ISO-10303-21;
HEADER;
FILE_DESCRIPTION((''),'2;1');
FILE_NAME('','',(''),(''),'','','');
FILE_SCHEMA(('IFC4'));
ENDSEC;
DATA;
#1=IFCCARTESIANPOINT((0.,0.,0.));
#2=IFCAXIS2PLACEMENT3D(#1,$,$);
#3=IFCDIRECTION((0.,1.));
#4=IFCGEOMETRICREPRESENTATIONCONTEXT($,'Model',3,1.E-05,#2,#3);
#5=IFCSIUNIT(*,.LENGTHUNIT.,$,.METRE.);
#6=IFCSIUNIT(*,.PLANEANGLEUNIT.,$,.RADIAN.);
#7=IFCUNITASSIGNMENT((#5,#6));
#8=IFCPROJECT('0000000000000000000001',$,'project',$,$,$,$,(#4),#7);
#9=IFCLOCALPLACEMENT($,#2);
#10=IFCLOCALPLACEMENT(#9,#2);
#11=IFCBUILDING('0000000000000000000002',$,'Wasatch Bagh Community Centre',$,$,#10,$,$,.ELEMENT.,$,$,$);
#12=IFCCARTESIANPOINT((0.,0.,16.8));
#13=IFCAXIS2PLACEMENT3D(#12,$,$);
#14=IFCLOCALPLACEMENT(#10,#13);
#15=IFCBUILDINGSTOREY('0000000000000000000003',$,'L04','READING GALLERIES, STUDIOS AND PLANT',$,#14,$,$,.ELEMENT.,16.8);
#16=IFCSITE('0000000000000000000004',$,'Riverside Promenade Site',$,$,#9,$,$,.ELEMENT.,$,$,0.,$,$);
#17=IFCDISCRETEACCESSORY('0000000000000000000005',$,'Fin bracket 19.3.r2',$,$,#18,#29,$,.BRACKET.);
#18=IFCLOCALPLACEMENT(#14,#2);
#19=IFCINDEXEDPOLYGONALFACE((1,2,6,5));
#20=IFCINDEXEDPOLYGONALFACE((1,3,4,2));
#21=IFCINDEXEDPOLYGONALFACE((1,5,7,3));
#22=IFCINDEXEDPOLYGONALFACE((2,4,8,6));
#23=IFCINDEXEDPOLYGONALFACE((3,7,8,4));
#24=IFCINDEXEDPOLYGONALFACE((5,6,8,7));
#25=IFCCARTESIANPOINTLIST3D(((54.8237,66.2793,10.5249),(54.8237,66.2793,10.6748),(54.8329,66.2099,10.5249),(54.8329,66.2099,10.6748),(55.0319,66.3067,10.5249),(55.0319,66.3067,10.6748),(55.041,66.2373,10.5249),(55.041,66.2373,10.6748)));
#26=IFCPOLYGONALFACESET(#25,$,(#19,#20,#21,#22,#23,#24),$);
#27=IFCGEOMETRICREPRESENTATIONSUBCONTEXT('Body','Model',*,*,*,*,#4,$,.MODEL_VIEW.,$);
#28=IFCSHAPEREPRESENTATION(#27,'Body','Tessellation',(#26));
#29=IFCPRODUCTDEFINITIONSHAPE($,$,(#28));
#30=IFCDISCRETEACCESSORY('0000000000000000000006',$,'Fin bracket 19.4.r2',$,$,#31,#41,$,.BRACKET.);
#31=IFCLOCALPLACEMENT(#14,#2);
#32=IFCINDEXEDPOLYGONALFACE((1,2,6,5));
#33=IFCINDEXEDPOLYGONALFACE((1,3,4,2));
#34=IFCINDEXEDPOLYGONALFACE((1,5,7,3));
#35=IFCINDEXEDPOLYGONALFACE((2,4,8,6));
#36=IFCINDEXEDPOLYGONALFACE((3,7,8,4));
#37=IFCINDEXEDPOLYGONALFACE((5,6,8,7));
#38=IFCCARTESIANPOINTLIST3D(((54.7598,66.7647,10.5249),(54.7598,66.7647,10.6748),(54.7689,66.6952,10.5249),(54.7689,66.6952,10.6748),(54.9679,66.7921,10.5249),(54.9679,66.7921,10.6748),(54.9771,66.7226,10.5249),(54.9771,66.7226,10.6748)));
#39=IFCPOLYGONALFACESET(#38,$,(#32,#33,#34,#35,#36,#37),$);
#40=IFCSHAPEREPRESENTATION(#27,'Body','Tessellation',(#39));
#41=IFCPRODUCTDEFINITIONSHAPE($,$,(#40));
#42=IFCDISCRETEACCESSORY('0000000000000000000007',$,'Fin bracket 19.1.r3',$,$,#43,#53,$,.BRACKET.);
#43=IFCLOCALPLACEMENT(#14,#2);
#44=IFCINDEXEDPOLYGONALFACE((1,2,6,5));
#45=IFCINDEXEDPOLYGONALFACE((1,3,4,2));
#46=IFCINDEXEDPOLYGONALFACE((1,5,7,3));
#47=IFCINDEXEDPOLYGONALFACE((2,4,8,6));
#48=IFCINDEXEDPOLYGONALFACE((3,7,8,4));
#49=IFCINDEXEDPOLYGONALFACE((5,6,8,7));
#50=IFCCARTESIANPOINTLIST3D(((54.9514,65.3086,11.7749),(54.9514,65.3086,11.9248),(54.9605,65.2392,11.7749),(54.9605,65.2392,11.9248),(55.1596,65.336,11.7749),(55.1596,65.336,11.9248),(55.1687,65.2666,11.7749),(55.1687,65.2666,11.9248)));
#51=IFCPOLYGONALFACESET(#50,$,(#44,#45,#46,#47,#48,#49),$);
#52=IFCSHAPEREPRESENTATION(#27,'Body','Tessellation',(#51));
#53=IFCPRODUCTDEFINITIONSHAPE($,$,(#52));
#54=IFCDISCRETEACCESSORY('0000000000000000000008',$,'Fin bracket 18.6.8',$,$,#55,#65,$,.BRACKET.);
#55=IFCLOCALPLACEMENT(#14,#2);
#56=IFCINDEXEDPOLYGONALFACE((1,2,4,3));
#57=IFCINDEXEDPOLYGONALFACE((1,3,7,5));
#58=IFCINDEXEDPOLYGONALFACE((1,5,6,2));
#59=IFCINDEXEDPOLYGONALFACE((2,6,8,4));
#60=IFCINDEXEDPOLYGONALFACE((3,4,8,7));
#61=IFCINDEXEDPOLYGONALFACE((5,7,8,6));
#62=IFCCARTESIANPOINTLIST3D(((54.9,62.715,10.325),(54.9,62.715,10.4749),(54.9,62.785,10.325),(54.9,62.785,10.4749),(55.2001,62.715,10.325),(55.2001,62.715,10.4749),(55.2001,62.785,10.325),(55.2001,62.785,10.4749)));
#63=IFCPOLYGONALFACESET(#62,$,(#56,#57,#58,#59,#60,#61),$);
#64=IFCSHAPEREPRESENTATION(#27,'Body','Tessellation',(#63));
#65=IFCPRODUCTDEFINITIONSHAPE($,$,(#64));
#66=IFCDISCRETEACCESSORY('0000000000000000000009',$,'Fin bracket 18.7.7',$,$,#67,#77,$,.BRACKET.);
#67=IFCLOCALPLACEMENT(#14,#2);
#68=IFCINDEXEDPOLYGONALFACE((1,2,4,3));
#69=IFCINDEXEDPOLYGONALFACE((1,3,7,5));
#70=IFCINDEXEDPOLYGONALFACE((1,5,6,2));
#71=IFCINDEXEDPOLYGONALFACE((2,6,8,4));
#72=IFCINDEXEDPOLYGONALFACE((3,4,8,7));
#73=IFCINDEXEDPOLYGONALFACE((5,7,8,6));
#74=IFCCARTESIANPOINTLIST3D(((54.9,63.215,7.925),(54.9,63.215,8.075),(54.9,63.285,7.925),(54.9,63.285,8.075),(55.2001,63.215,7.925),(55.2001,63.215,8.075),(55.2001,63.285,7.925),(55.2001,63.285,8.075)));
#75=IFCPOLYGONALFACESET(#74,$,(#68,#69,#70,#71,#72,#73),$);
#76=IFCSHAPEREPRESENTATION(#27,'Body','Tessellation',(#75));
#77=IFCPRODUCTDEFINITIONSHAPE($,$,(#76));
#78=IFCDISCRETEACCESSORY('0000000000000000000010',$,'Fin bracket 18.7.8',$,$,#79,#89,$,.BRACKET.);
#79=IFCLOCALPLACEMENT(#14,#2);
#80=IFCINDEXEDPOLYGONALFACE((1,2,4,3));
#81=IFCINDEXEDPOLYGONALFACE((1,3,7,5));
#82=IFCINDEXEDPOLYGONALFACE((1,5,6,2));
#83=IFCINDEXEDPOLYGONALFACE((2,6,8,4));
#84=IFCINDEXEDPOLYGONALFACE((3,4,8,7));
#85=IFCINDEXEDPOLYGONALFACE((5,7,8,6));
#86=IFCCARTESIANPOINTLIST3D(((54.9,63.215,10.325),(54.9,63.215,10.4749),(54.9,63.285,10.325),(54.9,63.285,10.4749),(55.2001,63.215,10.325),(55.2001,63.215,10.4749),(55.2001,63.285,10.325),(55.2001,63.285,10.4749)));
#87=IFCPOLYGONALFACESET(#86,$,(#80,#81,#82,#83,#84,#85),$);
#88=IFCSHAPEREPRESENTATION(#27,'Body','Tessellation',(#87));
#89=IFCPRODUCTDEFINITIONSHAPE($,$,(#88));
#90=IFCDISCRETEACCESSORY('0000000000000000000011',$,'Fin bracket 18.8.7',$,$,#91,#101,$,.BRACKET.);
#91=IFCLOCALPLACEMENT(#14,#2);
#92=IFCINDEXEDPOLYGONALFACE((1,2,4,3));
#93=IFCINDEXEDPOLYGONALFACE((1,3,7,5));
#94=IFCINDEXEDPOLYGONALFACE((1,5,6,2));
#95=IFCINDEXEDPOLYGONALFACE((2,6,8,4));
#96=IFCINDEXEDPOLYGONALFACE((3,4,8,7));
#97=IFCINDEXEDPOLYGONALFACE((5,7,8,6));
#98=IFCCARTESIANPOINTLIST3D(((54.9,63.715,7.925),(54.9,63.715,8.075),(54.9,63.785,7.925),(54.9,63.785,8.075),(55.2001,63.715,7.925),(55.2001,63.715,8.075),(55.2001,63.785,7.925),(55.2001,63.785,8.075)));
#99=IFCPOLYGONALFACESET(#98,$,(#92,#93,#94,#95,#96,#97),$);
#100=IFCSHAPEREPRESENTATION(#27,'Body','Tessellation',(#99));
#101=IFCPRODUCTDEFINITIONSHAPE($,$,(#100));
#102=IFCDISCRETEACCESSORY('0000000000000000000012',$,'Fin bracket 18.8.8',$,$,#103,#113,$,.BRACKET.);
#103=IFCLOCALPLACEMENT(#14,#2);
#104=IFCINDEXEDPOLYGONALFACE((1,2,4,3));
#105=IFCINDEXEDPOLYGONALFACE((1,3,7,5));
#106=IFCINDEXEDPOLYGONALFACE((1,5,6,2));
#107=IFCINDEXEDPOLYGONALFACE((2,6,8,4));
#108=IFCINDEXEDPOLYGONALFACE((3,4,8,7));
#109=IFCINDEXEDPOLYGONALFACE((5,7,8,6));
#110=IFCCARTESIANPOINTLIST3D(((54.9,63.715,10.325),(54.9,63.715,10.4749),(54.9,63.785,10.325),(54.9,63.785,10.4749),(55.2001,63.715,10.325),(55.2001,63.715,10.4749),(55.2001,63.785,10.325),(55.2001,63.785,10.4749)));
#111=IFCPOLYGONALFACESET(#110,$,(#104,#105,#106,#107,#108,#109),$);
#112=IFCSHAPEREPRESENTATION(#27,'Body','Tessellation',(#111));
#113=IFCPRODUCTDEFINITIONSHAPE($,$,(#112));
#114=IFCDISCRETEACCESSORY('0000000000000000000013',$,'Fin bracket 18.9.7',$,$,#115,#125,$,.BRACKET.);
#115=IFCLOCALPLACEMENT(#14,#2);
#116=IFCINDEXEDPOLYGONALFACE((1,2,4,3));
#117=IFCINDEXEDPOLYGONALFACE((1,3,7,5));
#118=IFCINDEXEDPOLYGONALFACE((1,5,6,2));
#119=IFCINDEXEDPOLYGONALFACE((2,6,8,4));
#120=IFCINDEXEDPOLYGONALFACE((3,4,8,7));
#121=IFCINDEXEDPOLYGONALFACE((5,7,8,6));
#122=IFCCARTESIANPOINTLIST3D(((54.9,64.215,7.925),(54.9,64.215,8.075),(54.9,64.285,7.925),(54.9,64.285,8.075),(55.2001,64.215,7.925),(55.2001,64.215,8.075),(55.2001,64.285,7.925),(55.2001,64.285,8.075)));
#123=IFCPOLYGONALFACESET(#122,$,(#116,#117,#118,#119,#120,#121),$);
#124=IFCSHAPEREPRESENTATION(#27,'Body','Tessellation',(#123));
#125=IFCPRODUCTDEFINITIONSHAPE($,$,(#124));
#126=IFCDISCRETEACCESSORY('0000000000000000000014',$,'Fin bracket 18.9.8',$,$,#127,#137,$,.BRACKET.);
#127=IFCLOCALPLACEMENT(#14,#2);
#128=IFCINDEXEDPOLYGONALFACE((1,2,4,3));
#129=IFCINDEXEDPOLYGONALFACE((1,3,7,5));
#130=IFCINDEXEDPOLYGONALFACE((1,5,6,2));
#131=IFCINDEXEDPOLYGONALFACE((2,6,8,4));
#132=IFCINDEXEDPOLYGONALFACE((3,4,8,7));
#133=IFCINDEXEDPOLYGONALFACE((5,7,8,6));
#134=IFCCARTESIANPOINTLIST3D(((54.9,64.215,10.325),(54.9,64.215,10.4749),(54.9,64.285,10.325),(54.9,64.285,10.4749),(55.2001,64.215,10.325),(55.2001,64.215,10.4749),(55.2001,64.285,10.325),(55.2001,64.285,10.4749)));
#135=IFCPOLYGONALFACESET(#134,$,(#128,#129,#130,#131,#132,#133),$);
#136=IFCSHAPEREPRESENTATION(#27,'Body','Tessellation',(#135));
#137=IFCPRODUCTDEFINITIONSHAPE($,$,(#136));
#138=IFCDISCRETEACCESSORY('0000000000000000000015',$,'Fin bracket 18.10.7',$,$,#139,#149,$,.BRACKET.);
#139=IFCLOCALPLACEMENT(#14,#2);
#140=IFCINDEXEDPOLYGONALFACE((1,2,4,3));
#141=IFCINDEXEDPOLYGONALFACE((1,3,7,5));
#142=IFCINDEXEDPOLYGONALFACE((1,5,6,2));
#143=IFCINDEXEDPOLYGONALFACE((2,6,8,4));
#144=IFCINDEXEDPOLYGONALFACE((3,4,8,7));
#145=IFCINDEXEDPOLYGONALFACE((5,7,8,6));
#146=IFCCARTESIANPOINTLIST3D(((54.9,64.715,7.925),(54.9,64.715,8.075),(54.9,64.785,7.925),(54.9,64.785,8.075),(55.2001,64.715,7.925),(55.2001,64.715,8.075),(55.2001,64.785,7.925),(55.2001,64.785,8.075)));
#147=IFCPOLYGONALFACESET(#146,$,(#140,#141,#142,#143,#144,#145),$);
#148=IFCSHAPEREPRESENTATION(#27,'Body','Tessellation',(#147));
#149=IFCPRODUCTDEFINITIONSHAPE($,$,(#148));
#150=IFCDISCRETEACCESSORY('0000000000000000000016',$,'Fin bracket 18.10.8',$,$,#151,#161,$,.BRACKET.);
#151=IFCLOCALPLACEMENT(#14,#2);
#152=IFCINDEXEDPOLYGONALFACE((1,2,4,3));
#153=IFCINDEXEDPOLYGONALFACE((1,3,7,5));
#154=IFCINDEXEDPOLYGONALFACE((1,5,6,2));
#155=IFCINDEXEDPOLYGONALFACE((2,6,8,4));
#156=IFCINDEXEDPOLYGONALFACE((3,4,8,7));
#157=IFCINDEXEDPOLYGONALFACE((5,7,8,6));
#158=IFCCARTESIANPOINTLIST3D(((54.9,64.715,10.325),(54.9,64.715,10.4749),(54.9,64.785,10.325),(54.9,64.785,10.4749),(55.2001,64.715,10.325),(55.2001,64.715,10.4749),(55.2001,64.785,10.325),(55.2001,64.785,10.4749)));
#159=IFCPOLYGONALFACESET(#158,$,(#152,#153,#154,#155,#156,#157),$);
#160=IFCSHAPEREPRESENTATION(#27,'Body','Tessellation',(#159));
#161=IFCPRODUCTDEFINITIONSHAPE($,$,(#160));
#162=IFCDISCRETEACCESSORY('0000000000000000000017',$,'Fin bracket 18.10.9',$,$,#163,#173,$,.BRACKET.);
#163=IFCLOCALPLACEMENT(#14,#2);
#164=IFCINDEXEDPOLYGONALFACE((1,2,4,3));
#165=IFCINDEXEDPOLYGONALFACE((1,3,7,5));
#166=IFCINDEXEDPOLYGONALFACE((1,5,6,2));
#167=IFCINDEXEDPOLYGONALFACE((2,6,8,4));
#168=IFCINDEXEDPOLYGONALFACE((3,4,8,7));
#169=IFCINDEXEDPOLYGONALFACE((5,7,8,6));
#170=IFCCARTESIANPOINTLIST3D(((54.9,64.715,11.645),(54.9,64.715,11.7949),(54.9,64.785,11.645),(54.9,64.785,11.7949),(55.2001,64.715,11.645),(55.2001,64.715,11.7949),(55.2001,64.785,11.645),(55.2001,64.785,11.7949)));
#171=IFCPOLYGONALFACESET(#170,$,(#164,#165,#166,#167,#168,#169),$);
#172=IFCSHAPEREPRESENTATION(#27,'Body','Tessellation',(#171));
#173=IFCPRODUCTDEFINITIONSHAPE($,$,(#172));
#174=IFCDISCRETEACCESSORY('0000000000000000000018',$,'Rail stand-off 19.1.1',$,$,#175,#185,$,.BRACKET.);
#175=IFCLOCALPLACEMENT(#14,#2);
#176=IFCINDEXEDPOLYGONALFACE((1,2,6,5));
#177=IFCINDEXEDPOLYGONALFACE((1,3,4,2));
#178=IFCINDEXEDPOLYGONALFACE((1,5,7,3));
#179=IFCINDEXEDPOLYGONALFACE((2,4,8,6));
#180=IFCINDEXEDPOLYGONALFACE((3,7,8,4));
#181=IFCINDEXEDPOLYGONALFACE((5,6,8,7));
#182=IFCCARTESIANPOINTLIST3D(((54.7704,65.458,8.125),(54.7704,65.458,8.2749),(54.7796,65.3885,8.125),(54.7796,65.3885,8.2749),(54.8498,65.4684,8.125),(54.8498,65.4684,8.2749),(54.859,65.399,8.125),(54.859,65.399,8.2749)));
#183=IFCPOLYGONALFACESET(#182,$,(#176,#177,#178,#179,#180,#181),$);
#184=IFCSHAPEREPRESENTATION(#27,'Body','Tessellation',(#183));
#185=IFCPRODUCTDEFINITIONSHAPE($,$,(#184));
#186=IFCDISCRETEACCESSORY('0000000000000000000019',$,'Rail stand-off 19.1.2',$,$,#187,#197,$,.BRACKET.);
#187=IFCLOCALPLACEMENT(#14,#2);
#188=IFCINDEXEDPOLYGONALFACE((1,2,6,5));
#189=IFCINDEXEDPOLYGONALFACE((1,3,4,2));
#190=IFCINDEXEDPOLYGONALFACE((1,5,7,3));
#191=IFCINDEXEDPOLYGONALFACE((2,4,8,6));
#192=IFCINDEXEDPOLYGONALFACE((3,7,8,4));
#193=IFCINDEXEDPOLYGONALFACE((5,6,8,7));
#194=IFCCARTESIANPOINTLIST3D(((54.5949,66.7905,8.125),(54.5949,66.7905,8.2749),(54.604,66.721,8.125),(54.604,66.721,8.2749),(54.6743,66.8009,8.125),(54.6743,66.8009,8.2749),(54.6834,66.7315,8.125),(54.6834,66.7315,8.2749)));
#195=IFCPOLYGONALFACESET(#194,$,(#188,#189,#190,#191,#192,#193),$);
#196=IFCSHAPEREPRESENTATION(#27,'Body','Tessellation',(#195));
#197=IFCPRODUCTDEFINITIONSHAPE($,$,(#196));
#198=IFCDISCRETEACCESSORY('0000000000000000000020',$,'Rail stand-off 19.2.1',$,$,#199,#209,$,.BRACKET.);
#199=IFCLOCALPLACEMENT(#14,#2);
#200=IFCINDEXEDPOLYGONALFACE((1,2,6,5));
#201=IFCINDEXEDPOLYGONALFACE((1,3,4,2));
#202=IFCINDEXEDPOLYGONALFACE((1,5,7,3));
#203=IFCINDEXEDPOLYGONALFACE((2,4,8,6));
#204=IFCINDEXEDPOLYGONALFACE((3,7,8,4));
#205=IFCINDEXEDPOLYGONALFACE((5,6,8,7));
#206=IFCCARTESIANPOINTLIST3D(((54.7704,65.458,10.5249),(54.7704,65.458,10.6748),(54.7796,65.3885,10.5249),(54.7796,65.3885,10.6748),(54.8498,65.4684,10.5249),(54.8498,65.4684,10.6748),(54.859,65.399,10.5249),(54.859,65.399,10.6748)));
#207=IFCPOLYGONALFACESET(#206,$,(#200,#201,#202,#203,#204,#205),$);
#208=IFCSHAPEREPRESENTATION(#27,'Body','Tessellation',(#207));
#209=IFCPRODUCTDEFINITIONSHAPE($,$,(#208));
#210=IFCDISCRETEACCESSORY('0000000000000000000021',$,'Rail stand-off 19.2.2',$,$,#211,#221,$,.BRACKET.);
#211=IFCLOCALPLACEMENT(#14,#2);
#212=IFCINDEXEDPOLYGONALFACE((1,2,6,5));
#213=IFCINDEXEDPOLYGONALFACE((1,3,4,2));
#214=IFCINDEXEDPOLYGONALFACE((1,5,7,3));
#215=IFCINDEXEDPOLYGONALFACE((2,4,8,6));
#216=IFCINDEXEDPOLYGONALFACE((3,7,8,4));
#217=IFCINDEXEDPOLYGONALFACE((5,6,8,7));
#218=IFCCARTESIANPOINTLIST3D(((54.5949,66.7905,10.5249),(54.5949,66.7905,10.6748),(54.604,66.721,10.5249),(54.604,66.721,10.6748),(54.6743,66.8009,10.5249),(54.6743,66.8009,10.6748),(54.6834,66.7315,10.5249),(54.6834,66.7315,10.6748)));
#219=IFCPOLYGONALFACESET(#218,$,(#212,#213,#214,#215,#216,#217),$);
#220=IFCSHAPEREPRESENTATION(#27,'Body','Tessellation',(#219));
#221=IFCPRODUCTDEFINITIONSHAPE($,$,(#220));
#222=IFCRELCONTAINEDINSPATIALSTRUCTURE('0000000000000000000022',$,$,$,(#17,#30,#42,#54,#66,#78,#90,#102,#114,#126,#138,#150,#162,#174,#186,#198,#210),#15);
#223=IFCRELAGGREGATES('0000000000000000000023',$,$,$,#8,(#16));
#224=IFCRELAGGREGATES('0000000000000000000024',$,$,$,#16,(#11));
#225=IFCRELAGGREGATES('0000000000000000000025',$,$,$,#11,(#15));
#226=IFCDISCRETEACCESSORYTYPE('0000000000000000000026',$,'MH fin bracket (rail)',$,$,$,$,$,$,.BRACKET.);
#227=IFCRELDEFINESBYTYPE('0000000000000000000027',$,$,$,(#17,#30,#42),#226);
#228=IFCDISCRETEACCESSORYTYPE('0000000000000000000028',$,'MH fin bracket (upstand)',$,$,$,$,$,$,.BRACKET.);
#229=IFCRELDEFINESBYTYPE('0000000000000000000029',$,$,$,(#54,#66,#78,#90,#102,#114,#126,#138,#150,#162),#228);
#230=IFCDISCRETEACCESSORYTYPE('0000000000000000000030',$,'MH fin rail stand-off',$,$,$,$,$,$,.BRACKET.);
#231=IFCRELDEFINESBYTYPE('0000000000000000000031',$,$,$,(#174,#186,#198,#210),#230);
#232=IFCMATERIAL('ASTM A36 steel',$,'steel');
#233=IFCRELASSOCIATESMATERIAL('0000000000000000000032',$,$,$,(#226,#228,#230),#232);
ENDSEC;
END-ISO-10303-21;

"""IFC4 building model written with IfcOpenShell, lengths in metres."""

from ifc_helpers import new_model, si_unit, direction, frame, origin, origin_2d, place, context, subcontext, project, spatial, rectangle, extrude, material, type_object, element, save


model = new_model("IFC4")

# Units and contexts
model_context = context("Model", 3, precision=1e-05, world=origin(), true_north=direction((0.0, 1.0)))
body_context = subcontext(model_context, "Body", "Model", "MODEL_VIEW")
ifc_project = project(units=[si_unit("LENGTHUNIT", "METRE"), si_unit("PLANEANGLEUNIT", "RADIAN")], contexts=[model_context])

# Site, building, storey
site_placement = place(None, origin())
site = spatial("IfcSite", under=ifc_project, at=site_placement, Name="Riverside Promenade Site", CompositionType="ELEMENT", RefElevation=0.0)
building_placement = place(site_placement, origin())
building = spatial("IfcBuilding", under=site, at=building_placement, Name="Wasatch Bagh Community Centre", CompositionType="ELEMENT")
storey_placement = place(building_placement, frame((0.0, 0.0, 16.8)))
storey = spatial("IfcBuildingStorey", under=building, at=storey_placement, Name="L04", Description="READING GALLERIES, STUDIOS AND PLANT", CompositionType="ELEMENT", Elevation=16.8)

# Discrete accessories
ifc_material_1 = material(Name="ASTM A36 steel", Category="steel")
discrete_accessory_type_1 = type_object("IfcDiscreteAccessoryType", Name="MH fin bracket (rail)", PredefinedType="BRACKET", material=ifc_material_1)
for number, where, z_axis, x_axis, name in (
    (1, (54.9324, 66.2583, 10.5249), (0.0, 0.0, 1.0), (-0.130526, 0.991445, 0.0), "Fin bracket 19.3.r2"),
    (2, (54.8684, 66.7437, 10.5249), (0.0, 0.0, 1.0), (-0.130526, 0.991445, 0.0), "Fin bracket 19.4.r2"),
    (3, (55.0601, 65.2876, 11.7749), (0.0, 0.0, 1.0), (-0.130526, 0.991445, 0.0), "Fin bracket 19.1.r3"),
):
    element("IfcDiscreteAccessory", number, at=place(storey_placement, frame(where, z_axis=z_axis, x_axis=x_axis)), inside=storey, type_object=discrete_accessory_type_1, Name=name, PredefinedType="BRACKET", context=body_context, shape_type="SweptSolid", body=[
        extrude(rectangle(XDim=0.0701, YDim=0.21, at=origin_2d()), origin(), (0.0, 0.0, 1.0), 0.1499),
    ])
discrete_accessory_type_2 = type_object("IfcDiscreteAccessoryType", Name="MH fin bracket (upstand)", PredefinedType="BRACKET", material=ifc_material_1)
for number, where, z_axis, x_axis, name in (
    (4, (55.05, 62.75, 10.325), (0.0, 0.0, 1.0), (0.0, 1.0, 0.0), "Fin bracket 18.6.8"),
    (5, (55.05, 63.25, 7.925), (0.0, 0.0, 1.0), (0.0, 1.0, 0.0), "Fin bracket 18.7.7"),
    (6, (55.05, 63.25, 10.325), (0.0, 0.0, 1.0), (0.0, 1.0, 0.0), "Fin bracket 18.7.8"),
    (7, (55.05, 63.75, 7.925), (0.0, 0.0, 1.0), (0.0, 1.0, 0.0), "Fin bracket 18.8.7"),
    (8, (55.05, 63.75, 10.325), (0.0, 0.0, 1.0), (0.0, 1.0, 0.0), "Fin bracket 18.8.8"),
    (9, (55.05, 64.25, 7.925), (0.0, 0.0, 1.0), (0.0, 1.0, 0.0), "Fin bracket 18.9.7"),
    (10, (55.05, 64.25, 10.325), (0.0, 0.0, 1.0), (0.0, 1.0, 0.0), "Fin bracket 18.9.8"),
    (11, (55.05, 64.75, 7.925), (0.0, 0.0, 1.0), (0.0, 1.0, 0.0), "Fin bracket 18.10.7"),
    (12, (55.05, 64.75, 10.325), (0.0, 0.0, 1.0), (0.0, 1.0, 0.0), "Fin bracket 18.10.8"),
    (13, (55.05, 64.75, 11.645), (0.0, 0.0, 1.0), (0.0, 1.0, 0.0), "Fin bracket 18.10.9"),
):
    element("IfcDiscreteAccessory", number, at=place(storey_placement, frame(where, z_axis=z_axis, x_axis=x_axis)), inside=storey, type_object=discrete_accessory_type_2, Name=name, PredefinedType="BRACKET", context=body_context, shape_type="SweptSolid", body=[
        extrude(rectangle(XDim=0.0701, YDim=0.3, at=origin_2d()), origin(), (0.0, 0.0, 1.0), 0.1499),
    ])
discrete_accessory_type_3 = type_object("IfcDiscreteAccessoryType", Name="MH fin rail stand-off", PredefinedType="BRACKET", material=ifc_material_1)
for number, where, z_axis, x_axis, name in (
    (14, (54.8147, 65.4285, 8.125), (0.0, 0.0, 1.0), (-0.130526, 0.991445, 0.0), "Rail stand-off 19.1.1"),
    (15, (54.6392, 66.761, 8.125), (0.0, 0.0, 1.0), (-0.130526, 0.991445, 0.0), "Rail stand-off 19.1.2"),
    (16, (54.8147, 65.4285, 10.5249), (0.0, 0.0, 1.0), (-0.130526, 0.991445, 0.0), "Rail stand-off 19.2.1"),
    (17, (54.6392, 66.761, 10.5249), (0.0, 0.0, 1.0), (-0.130526, 0.991445, 0.0), "Rail stand-off 19.2.2"),
):
    element("IfcDiscreteAccessory", number, at=place(storey_placement, frame(where, z_axis=z_axis, x_axis=x_axis)), inside=storey, type_object=discrete_accessory_type_3, Name=name, PredefinedType="BRACKET", context=body_context, shape_type="SweptSolid", body=[
        extrude(rectangle(XDim=0.0701, YDim=0.0801, at=origin_2d()), origin(), (0.0, 0.0, 1.0), 0.1499),
    ])

save(model, "model.ifc")
